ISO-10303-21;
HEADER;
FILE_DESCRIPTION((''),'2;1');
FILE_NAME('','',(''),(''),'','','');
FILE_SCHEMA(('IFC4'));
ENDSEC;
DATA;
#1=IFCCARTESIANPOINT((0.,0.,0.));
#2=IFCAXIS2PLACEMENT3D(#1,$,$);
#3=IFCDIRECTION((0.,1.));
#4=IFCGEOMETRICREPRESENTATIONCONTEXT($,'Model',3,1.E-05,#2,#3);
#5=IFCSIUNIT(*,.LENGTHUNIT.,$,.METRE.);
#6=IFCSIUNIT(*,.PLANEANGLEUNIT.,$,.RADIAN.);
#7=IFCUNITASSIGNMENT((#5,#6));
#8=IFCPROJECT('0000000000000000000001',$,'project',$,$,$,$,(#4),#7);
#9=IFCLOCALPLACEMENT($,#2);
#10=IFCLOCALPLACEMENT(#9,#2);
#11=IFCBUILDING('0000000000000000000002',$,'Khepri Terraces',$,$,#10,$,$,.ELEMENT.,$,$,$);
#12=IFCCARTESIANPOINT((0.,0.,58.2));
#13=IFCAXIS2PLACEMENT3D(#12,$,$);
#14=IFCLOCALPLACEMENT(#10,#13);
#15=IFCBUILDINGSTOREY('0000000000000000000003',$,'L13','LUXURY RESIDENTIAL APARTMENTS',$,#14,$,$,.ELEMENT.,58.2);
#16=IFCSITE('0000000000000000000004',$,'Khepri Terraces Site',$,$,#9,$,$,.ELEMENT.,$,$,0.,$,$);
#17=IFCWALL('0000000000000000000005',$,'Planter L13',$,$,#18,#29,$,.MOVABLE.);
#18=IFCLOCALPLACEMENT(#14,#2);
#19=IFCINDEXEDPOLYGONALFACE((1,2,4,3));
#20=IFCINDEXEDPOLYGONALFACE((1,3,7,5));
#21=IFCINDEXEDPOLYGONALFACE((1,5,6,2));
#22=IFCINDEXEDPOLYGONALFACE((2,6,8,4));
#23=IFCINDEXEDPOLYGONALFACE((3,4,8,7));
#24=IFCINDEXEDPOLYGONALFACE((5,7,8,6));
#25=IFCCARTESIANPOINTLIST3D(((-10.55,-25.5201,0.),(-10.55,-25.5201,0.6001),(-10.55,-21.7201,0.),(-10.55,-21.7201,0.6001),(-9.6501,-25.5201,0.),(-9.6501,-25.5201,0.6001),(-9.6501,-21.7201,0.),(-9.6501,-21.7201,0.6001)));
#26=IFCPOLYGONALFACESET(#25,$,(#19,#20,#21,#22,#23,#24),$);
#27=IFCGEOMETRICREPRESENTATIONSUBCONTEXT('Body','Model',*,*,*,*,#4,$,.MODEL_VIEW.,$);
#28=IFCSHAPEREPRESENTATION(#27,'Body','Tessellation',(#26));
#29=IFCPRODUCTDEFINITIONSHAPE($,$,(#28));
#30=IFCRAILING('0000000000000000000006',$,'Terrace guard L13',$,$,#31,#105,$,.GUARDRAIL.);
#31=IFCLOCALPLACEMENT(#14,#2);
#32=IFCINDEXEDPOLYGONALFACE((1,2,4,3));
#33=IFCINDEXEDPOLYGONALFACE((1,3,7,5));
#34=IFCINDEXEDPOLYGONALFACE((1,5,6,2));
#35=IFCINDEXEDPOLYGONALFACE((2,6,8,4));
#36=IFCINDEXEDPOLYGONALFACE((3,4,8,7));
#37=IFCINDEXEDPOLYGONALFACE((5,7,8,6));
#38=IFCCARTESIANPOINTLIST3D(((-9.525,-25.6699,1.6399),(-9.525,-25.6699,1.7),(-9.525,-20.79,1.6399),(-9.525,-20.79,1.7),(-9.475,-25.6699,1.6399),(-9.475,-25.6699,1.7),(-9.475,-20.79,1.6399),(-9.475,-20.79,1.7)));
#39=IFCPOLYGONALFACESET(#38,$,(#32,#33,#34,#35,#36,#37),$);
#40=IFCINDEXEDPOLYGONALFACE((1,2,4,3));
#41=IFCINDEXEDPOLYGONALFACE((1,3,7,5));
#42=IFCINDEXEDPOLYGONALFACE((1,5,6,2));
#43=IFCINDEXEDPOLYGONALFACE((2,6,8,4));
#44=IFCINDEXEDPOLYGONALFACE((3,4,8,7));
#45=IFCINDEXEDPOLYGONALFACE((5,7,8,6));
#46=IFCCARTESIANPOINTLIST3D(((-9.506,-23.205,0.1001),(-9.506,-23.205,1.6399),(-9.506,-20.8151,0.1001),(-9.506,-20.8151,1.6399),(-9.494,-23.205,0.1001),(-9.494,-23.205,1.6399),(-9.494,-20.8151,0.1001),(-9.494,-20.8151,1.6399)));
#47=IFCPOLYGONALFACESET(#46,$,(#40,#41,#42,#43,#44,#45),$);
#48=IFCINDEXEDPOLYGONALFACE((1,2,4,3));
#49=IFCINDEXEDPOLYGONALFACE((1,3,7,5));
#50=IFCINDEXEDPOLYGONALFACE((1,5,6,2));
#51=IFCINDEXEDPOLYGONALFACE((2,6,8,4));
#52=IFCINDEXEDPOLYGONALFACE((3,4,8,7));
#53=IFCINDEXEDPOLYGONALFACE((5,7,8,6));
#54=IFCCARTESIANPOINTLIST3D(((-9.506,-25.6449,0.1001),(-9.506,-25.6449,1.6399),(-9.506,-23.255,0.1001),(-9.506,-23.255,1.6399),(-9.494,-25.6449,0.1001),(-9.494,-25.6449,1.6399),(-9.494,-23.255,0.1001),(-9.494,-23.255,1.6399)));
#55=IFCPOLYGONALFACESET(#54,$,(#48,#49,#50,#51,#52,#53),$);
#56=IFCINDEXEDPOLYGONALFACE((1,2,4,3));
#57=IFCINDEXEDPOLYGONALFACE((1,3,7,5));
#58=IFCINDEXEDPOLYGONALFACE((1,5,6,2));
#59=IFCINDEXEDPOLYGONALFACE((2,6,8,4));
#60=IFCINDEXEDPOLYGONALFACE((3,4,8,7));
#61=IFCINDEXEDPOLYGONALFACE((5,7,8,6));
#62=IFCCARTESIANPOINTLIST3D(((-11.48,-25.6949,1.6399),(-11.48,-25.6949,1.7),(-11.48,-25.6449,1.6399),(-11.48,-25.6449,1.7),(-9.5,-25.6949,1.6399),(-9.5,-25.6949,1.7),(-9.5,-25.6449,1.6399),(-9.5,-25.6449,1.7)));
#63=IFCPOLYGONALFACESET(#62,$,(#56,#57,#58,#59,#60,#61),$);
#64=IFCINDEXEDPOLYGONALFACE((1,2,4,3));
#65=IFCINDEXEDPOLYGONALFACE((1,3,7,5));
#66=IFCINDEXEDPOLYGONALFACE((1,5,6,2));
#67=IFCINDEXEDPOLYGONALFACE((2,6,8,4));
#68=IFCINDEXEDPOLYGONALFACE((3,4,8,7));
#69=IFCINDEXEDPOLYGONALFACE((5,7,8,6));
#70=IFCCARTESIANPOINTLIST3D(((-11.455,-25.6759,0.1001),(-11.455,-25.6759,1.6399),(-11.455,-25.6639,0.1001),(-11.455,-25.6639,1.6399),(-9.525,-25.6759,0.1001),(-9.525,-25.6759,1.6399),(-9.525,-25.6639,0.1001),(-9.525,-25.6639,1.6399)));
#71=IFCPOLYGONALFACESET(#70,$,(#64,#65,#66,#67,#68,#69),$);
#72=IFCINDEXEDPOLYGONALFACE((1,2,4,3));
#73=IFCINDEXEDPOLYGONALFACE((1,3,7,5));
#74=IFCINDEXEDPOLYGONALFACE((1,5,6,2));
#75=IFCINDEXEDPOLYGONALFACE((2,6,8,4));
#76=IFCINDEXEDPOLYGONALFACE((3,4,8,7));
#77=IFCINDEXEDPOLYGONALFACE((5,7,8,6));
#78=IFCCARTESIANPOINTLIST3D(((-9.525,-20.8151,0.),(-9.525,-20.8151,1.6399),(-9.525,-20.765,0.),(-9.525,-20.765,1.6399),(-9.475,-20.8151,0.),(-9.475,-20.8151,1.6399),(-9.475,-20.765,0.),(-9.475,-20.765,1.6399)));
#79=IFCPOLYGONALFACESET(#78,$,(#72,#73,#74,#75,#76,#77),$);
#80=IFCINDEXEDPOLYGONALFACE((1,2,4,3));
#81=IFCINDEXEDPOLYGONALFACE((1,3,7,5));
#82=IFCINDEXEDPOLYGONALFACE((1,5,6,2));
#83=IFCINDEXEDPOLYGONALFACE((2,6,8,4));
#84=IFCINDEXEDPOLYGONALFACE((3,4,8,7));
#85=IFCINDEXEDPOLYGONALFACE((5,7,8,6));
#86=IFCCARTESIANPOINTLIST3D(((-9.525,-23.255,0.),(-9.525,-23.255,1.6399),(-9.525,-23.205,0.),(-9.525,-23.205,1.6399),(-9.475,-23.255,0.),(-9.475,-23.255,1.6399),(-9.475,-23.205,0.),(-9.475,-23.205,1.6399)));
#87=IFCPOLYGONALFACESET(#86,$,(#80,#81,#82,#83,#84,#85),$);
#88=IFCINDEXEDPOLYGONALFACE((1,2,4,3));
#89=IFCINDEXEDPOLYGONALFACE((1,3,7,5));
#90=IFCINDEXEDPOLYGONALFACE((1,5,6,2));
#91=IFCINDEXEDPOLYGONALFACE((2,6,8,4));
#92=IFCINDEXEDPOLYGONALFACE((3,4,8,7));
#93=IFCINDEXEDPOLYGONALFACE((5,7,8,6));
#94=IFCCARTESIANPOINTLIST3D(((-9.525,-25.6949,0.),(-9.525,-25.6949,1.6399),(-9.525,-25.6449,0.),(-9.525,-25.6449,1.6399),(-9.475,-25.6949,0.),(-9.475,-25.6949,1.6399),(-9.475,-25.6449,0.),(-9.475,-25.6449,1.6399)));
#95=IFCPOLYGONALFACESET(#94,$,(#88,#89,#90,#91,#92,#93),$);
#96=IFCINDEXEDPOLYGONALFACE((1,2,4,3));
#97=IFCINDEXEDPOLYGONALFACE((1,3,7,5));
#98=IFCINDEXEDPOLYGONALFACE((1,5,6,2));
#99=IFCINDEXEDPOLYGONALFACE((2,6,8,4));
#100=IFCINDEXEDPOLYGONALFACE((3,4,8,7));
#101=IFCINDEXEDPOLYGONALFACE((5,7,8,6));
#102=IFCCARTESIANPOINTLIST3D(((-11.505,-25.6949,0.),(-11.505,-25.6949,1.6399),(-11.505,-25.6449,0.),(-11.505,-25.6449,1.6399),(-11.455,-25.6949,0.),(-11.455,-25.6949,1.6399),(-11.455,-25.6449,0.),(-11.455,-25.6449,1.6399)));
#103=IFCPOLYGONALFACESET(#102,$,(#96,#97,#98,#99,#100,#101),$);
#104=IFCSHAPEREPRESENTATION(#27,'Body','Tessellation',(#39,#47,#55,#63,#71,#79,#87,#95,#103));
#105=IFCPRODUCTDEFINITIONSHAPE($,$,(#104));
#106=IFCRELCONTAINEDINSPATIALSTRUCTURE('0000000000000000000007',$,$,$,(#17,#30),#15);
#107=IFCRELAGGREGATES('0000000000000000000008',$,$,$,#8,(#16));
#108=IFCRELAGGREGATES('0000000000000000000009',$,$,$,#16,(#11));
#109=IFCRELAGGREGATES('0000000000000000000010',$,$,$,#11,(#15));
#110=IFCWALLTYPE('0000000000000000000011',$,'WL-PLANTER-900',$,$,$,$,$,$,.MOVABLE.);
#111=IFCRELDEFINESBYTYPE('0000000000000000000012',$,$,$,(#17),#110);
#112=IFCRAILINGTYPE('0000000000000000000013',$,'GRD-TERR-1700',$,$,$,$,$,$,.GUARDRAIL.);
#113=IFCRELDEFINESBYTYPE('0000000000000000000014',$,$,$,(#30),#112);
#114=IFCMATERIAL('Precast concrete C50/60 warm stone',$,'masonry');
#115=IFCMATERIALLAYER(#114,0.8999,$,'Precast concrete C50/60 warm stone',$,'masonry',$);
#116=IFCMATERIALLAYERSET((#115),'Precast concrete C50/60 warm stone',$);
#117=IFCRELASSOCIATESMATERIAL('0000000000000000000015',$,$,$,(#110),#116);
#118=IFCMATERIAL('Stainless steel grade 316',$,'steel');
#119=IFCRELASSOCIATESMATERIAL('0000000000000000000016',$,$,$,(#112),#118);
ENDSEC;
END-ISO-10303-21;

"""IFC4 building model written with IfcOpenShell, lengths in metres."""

from ifc_helpers import new_model, si_unit, direction, frame, frame_2d, origin, origin_2d, place, context, subcontext, project, spatial, rectangle, extrude, material, layer, layer_set, type_object, element, save


model = new_model("IFC4")

# Units and contexts
model_context = context("Model", 3, precision=1e-05, world=origin(), true_north=direction((0.0, 1.0)))
body_context = subcontext(model_context, "Body", "Model", "MODEL_VIEW")
ifc_project = project(units=[si_unit("LENGTHUNIT", "METRE"), si_unit("PLANEANGLEUNIT", "RADIAN")], contexts=[model_context])

# Site, building, storey
site_placement = place(None, origin())
site = spatial("IfcSite", under=ifc_project, at=site_placement, Name="Khepri Terraces Site", CompositionType="ELEMENT", RefElevation=0.0)
building_placement = place(site_placement, origin())
building = spatial("IfcBuilding", under=site, at=building_placement, Name="Khepri Terraces", CompositionType="ELEMENT")
storey_placement = place(building_placement, frame((0.0, 0.0, 58.2)))
storey = spatial("IfcBuildingStorey", under=building, at=storey_placement, Name="L13", Description="LUXURY RESIDENTIAL APARTMENTS", CompositionType="ELEMENT", Elevation=58.2)

# Wall
ifc_material_1 = material(Name="Precast concrete C50/60 warm stone", Category="masonry")
ifc_layer_1 = layer(ifc_material_1, 0.8999, Name="Precast concrete C50/60 warm stone", Category="masonry")
ifc_layer_set_1 = layer_set([ifc_layer_1], Name="Precast concrete C50/60 warm stone")
wall_type_1 = type_object("IfcWallType", Name="WL-PLANTER-900", PredefinedType="MOVABLE", material=ifc_layer_set_1)
wall_1_placement = place(storey_placement, frame((-10.1001, -25.52, 0.0), z_axis=(0.0, 0.0, 1.0), x_axis=(0.0, 1.0, 0.0)))
element("IfcWall", 1, at=wall_1_placement, inside=storey, type_object=wall_type_1, Name="Planter L13", PredefinedType="MOVABLE", context=body_context, shape_type="SweptSolid", body=[
    extrude(rectangle(XDim=3.8, YDim=0.8999, at=frame_2d((1.8999, 0.0))), origin(), (0.0, 0.0, 1.0), 0.6001),
])

# Railing
ifc_material_2 = material(Name="Stainless steel grade 316", Category="steel")
railing_type = type_object("IfcRailingType", Name="GRD-TERR-1700", PredefinedType="GUARDRAIL", material=ifc_material_2)
railing_placement = place(storey_placement, frame((-9.5, -20.79, 0.0)))
element("IfcRailing", 2, at=railing_placement, inside=storey, type_object=railing_type, Name="Terrace guard L13", PredefinedType="GUARDRAIL", context=body_context, shape_type="SweptSolid", body=[
    extrude(rectangle(XDim=0.05, YDim=0.0601, at=origin_2d()), frame((0.0, 0.0, 1.6699), z_axis=(0.0, -1.0, 0.0), x_axis=(1.0, 0.0, 0.0)), (0.0, 0.0, 1.0), 4.8799),
    extrude(rectangle(XDim=2.3899, YDim=0.012, at=origin_2d()), frame((0.0, -1.22, 0.1001), z_axis=(0.0, 0.0, 1.0), x_axis=(0.0, -1.0, 0.0)), (0.0, 0.0, 1.0), 1.5398),
    extrude(rectangle(XDim=2.3899, YDim=0.012, at=origin_2d()), frame((0.0, -3.6599, 0.1001), z_axis=(0.0, 0.0, 1.0), x_axis=(0.0, -1.0, 0.0)), (0.0, 0.0, 1.0), 1.5398),
    extrude(rectangle(XDim=0.05, YDim=0.0601, at=origin_2d()), frame((0.0, -4.8799, 1.6699), z_axis=(-1.0, 0.0, 0.0), x_axis=(0.0, -1.0, 0.0)), (0.0, 0.0, 1.0), 1.98),
    extrude(rectangle(XDim=1.9299, YDim=0.012, at=origin_2d()), frame((-0.99, -4.8799, 0.1001), z_axis=(0.0, 0.0, 1.0), x_axis=(-1.0, 0.0, 0.0)), (0.0, 0.0, 1.0), 1.5398),
    extrude(rectangle(XDim=0.05, YDim=0.05, at=origin_2d()), origin(), (0.0, 0.0, 1.0), 1.6399),
    extrude(rectangle(XDim=0.05, YDim=0.05, at=origin_2d()), frame((0.0, -2.4399, 0.0)), (0.0, 0.0, 1.0), 1.6399),
    extrude(rectangle(XDim=0.05, YDim=0.05, at=origin_2d()), frame((0.0, -4.8799, 0.0)), (0.0, 0.0, 1.0), 1.6399),
    extrude(rectangle(XDim=0.05, YDim=0.05, at=origin_2d()), frame((-1.98, -4.8799, 0.0)), (0.0, 0.0, 1.0), 1.6399),
])

save(model, "model.ifc")
